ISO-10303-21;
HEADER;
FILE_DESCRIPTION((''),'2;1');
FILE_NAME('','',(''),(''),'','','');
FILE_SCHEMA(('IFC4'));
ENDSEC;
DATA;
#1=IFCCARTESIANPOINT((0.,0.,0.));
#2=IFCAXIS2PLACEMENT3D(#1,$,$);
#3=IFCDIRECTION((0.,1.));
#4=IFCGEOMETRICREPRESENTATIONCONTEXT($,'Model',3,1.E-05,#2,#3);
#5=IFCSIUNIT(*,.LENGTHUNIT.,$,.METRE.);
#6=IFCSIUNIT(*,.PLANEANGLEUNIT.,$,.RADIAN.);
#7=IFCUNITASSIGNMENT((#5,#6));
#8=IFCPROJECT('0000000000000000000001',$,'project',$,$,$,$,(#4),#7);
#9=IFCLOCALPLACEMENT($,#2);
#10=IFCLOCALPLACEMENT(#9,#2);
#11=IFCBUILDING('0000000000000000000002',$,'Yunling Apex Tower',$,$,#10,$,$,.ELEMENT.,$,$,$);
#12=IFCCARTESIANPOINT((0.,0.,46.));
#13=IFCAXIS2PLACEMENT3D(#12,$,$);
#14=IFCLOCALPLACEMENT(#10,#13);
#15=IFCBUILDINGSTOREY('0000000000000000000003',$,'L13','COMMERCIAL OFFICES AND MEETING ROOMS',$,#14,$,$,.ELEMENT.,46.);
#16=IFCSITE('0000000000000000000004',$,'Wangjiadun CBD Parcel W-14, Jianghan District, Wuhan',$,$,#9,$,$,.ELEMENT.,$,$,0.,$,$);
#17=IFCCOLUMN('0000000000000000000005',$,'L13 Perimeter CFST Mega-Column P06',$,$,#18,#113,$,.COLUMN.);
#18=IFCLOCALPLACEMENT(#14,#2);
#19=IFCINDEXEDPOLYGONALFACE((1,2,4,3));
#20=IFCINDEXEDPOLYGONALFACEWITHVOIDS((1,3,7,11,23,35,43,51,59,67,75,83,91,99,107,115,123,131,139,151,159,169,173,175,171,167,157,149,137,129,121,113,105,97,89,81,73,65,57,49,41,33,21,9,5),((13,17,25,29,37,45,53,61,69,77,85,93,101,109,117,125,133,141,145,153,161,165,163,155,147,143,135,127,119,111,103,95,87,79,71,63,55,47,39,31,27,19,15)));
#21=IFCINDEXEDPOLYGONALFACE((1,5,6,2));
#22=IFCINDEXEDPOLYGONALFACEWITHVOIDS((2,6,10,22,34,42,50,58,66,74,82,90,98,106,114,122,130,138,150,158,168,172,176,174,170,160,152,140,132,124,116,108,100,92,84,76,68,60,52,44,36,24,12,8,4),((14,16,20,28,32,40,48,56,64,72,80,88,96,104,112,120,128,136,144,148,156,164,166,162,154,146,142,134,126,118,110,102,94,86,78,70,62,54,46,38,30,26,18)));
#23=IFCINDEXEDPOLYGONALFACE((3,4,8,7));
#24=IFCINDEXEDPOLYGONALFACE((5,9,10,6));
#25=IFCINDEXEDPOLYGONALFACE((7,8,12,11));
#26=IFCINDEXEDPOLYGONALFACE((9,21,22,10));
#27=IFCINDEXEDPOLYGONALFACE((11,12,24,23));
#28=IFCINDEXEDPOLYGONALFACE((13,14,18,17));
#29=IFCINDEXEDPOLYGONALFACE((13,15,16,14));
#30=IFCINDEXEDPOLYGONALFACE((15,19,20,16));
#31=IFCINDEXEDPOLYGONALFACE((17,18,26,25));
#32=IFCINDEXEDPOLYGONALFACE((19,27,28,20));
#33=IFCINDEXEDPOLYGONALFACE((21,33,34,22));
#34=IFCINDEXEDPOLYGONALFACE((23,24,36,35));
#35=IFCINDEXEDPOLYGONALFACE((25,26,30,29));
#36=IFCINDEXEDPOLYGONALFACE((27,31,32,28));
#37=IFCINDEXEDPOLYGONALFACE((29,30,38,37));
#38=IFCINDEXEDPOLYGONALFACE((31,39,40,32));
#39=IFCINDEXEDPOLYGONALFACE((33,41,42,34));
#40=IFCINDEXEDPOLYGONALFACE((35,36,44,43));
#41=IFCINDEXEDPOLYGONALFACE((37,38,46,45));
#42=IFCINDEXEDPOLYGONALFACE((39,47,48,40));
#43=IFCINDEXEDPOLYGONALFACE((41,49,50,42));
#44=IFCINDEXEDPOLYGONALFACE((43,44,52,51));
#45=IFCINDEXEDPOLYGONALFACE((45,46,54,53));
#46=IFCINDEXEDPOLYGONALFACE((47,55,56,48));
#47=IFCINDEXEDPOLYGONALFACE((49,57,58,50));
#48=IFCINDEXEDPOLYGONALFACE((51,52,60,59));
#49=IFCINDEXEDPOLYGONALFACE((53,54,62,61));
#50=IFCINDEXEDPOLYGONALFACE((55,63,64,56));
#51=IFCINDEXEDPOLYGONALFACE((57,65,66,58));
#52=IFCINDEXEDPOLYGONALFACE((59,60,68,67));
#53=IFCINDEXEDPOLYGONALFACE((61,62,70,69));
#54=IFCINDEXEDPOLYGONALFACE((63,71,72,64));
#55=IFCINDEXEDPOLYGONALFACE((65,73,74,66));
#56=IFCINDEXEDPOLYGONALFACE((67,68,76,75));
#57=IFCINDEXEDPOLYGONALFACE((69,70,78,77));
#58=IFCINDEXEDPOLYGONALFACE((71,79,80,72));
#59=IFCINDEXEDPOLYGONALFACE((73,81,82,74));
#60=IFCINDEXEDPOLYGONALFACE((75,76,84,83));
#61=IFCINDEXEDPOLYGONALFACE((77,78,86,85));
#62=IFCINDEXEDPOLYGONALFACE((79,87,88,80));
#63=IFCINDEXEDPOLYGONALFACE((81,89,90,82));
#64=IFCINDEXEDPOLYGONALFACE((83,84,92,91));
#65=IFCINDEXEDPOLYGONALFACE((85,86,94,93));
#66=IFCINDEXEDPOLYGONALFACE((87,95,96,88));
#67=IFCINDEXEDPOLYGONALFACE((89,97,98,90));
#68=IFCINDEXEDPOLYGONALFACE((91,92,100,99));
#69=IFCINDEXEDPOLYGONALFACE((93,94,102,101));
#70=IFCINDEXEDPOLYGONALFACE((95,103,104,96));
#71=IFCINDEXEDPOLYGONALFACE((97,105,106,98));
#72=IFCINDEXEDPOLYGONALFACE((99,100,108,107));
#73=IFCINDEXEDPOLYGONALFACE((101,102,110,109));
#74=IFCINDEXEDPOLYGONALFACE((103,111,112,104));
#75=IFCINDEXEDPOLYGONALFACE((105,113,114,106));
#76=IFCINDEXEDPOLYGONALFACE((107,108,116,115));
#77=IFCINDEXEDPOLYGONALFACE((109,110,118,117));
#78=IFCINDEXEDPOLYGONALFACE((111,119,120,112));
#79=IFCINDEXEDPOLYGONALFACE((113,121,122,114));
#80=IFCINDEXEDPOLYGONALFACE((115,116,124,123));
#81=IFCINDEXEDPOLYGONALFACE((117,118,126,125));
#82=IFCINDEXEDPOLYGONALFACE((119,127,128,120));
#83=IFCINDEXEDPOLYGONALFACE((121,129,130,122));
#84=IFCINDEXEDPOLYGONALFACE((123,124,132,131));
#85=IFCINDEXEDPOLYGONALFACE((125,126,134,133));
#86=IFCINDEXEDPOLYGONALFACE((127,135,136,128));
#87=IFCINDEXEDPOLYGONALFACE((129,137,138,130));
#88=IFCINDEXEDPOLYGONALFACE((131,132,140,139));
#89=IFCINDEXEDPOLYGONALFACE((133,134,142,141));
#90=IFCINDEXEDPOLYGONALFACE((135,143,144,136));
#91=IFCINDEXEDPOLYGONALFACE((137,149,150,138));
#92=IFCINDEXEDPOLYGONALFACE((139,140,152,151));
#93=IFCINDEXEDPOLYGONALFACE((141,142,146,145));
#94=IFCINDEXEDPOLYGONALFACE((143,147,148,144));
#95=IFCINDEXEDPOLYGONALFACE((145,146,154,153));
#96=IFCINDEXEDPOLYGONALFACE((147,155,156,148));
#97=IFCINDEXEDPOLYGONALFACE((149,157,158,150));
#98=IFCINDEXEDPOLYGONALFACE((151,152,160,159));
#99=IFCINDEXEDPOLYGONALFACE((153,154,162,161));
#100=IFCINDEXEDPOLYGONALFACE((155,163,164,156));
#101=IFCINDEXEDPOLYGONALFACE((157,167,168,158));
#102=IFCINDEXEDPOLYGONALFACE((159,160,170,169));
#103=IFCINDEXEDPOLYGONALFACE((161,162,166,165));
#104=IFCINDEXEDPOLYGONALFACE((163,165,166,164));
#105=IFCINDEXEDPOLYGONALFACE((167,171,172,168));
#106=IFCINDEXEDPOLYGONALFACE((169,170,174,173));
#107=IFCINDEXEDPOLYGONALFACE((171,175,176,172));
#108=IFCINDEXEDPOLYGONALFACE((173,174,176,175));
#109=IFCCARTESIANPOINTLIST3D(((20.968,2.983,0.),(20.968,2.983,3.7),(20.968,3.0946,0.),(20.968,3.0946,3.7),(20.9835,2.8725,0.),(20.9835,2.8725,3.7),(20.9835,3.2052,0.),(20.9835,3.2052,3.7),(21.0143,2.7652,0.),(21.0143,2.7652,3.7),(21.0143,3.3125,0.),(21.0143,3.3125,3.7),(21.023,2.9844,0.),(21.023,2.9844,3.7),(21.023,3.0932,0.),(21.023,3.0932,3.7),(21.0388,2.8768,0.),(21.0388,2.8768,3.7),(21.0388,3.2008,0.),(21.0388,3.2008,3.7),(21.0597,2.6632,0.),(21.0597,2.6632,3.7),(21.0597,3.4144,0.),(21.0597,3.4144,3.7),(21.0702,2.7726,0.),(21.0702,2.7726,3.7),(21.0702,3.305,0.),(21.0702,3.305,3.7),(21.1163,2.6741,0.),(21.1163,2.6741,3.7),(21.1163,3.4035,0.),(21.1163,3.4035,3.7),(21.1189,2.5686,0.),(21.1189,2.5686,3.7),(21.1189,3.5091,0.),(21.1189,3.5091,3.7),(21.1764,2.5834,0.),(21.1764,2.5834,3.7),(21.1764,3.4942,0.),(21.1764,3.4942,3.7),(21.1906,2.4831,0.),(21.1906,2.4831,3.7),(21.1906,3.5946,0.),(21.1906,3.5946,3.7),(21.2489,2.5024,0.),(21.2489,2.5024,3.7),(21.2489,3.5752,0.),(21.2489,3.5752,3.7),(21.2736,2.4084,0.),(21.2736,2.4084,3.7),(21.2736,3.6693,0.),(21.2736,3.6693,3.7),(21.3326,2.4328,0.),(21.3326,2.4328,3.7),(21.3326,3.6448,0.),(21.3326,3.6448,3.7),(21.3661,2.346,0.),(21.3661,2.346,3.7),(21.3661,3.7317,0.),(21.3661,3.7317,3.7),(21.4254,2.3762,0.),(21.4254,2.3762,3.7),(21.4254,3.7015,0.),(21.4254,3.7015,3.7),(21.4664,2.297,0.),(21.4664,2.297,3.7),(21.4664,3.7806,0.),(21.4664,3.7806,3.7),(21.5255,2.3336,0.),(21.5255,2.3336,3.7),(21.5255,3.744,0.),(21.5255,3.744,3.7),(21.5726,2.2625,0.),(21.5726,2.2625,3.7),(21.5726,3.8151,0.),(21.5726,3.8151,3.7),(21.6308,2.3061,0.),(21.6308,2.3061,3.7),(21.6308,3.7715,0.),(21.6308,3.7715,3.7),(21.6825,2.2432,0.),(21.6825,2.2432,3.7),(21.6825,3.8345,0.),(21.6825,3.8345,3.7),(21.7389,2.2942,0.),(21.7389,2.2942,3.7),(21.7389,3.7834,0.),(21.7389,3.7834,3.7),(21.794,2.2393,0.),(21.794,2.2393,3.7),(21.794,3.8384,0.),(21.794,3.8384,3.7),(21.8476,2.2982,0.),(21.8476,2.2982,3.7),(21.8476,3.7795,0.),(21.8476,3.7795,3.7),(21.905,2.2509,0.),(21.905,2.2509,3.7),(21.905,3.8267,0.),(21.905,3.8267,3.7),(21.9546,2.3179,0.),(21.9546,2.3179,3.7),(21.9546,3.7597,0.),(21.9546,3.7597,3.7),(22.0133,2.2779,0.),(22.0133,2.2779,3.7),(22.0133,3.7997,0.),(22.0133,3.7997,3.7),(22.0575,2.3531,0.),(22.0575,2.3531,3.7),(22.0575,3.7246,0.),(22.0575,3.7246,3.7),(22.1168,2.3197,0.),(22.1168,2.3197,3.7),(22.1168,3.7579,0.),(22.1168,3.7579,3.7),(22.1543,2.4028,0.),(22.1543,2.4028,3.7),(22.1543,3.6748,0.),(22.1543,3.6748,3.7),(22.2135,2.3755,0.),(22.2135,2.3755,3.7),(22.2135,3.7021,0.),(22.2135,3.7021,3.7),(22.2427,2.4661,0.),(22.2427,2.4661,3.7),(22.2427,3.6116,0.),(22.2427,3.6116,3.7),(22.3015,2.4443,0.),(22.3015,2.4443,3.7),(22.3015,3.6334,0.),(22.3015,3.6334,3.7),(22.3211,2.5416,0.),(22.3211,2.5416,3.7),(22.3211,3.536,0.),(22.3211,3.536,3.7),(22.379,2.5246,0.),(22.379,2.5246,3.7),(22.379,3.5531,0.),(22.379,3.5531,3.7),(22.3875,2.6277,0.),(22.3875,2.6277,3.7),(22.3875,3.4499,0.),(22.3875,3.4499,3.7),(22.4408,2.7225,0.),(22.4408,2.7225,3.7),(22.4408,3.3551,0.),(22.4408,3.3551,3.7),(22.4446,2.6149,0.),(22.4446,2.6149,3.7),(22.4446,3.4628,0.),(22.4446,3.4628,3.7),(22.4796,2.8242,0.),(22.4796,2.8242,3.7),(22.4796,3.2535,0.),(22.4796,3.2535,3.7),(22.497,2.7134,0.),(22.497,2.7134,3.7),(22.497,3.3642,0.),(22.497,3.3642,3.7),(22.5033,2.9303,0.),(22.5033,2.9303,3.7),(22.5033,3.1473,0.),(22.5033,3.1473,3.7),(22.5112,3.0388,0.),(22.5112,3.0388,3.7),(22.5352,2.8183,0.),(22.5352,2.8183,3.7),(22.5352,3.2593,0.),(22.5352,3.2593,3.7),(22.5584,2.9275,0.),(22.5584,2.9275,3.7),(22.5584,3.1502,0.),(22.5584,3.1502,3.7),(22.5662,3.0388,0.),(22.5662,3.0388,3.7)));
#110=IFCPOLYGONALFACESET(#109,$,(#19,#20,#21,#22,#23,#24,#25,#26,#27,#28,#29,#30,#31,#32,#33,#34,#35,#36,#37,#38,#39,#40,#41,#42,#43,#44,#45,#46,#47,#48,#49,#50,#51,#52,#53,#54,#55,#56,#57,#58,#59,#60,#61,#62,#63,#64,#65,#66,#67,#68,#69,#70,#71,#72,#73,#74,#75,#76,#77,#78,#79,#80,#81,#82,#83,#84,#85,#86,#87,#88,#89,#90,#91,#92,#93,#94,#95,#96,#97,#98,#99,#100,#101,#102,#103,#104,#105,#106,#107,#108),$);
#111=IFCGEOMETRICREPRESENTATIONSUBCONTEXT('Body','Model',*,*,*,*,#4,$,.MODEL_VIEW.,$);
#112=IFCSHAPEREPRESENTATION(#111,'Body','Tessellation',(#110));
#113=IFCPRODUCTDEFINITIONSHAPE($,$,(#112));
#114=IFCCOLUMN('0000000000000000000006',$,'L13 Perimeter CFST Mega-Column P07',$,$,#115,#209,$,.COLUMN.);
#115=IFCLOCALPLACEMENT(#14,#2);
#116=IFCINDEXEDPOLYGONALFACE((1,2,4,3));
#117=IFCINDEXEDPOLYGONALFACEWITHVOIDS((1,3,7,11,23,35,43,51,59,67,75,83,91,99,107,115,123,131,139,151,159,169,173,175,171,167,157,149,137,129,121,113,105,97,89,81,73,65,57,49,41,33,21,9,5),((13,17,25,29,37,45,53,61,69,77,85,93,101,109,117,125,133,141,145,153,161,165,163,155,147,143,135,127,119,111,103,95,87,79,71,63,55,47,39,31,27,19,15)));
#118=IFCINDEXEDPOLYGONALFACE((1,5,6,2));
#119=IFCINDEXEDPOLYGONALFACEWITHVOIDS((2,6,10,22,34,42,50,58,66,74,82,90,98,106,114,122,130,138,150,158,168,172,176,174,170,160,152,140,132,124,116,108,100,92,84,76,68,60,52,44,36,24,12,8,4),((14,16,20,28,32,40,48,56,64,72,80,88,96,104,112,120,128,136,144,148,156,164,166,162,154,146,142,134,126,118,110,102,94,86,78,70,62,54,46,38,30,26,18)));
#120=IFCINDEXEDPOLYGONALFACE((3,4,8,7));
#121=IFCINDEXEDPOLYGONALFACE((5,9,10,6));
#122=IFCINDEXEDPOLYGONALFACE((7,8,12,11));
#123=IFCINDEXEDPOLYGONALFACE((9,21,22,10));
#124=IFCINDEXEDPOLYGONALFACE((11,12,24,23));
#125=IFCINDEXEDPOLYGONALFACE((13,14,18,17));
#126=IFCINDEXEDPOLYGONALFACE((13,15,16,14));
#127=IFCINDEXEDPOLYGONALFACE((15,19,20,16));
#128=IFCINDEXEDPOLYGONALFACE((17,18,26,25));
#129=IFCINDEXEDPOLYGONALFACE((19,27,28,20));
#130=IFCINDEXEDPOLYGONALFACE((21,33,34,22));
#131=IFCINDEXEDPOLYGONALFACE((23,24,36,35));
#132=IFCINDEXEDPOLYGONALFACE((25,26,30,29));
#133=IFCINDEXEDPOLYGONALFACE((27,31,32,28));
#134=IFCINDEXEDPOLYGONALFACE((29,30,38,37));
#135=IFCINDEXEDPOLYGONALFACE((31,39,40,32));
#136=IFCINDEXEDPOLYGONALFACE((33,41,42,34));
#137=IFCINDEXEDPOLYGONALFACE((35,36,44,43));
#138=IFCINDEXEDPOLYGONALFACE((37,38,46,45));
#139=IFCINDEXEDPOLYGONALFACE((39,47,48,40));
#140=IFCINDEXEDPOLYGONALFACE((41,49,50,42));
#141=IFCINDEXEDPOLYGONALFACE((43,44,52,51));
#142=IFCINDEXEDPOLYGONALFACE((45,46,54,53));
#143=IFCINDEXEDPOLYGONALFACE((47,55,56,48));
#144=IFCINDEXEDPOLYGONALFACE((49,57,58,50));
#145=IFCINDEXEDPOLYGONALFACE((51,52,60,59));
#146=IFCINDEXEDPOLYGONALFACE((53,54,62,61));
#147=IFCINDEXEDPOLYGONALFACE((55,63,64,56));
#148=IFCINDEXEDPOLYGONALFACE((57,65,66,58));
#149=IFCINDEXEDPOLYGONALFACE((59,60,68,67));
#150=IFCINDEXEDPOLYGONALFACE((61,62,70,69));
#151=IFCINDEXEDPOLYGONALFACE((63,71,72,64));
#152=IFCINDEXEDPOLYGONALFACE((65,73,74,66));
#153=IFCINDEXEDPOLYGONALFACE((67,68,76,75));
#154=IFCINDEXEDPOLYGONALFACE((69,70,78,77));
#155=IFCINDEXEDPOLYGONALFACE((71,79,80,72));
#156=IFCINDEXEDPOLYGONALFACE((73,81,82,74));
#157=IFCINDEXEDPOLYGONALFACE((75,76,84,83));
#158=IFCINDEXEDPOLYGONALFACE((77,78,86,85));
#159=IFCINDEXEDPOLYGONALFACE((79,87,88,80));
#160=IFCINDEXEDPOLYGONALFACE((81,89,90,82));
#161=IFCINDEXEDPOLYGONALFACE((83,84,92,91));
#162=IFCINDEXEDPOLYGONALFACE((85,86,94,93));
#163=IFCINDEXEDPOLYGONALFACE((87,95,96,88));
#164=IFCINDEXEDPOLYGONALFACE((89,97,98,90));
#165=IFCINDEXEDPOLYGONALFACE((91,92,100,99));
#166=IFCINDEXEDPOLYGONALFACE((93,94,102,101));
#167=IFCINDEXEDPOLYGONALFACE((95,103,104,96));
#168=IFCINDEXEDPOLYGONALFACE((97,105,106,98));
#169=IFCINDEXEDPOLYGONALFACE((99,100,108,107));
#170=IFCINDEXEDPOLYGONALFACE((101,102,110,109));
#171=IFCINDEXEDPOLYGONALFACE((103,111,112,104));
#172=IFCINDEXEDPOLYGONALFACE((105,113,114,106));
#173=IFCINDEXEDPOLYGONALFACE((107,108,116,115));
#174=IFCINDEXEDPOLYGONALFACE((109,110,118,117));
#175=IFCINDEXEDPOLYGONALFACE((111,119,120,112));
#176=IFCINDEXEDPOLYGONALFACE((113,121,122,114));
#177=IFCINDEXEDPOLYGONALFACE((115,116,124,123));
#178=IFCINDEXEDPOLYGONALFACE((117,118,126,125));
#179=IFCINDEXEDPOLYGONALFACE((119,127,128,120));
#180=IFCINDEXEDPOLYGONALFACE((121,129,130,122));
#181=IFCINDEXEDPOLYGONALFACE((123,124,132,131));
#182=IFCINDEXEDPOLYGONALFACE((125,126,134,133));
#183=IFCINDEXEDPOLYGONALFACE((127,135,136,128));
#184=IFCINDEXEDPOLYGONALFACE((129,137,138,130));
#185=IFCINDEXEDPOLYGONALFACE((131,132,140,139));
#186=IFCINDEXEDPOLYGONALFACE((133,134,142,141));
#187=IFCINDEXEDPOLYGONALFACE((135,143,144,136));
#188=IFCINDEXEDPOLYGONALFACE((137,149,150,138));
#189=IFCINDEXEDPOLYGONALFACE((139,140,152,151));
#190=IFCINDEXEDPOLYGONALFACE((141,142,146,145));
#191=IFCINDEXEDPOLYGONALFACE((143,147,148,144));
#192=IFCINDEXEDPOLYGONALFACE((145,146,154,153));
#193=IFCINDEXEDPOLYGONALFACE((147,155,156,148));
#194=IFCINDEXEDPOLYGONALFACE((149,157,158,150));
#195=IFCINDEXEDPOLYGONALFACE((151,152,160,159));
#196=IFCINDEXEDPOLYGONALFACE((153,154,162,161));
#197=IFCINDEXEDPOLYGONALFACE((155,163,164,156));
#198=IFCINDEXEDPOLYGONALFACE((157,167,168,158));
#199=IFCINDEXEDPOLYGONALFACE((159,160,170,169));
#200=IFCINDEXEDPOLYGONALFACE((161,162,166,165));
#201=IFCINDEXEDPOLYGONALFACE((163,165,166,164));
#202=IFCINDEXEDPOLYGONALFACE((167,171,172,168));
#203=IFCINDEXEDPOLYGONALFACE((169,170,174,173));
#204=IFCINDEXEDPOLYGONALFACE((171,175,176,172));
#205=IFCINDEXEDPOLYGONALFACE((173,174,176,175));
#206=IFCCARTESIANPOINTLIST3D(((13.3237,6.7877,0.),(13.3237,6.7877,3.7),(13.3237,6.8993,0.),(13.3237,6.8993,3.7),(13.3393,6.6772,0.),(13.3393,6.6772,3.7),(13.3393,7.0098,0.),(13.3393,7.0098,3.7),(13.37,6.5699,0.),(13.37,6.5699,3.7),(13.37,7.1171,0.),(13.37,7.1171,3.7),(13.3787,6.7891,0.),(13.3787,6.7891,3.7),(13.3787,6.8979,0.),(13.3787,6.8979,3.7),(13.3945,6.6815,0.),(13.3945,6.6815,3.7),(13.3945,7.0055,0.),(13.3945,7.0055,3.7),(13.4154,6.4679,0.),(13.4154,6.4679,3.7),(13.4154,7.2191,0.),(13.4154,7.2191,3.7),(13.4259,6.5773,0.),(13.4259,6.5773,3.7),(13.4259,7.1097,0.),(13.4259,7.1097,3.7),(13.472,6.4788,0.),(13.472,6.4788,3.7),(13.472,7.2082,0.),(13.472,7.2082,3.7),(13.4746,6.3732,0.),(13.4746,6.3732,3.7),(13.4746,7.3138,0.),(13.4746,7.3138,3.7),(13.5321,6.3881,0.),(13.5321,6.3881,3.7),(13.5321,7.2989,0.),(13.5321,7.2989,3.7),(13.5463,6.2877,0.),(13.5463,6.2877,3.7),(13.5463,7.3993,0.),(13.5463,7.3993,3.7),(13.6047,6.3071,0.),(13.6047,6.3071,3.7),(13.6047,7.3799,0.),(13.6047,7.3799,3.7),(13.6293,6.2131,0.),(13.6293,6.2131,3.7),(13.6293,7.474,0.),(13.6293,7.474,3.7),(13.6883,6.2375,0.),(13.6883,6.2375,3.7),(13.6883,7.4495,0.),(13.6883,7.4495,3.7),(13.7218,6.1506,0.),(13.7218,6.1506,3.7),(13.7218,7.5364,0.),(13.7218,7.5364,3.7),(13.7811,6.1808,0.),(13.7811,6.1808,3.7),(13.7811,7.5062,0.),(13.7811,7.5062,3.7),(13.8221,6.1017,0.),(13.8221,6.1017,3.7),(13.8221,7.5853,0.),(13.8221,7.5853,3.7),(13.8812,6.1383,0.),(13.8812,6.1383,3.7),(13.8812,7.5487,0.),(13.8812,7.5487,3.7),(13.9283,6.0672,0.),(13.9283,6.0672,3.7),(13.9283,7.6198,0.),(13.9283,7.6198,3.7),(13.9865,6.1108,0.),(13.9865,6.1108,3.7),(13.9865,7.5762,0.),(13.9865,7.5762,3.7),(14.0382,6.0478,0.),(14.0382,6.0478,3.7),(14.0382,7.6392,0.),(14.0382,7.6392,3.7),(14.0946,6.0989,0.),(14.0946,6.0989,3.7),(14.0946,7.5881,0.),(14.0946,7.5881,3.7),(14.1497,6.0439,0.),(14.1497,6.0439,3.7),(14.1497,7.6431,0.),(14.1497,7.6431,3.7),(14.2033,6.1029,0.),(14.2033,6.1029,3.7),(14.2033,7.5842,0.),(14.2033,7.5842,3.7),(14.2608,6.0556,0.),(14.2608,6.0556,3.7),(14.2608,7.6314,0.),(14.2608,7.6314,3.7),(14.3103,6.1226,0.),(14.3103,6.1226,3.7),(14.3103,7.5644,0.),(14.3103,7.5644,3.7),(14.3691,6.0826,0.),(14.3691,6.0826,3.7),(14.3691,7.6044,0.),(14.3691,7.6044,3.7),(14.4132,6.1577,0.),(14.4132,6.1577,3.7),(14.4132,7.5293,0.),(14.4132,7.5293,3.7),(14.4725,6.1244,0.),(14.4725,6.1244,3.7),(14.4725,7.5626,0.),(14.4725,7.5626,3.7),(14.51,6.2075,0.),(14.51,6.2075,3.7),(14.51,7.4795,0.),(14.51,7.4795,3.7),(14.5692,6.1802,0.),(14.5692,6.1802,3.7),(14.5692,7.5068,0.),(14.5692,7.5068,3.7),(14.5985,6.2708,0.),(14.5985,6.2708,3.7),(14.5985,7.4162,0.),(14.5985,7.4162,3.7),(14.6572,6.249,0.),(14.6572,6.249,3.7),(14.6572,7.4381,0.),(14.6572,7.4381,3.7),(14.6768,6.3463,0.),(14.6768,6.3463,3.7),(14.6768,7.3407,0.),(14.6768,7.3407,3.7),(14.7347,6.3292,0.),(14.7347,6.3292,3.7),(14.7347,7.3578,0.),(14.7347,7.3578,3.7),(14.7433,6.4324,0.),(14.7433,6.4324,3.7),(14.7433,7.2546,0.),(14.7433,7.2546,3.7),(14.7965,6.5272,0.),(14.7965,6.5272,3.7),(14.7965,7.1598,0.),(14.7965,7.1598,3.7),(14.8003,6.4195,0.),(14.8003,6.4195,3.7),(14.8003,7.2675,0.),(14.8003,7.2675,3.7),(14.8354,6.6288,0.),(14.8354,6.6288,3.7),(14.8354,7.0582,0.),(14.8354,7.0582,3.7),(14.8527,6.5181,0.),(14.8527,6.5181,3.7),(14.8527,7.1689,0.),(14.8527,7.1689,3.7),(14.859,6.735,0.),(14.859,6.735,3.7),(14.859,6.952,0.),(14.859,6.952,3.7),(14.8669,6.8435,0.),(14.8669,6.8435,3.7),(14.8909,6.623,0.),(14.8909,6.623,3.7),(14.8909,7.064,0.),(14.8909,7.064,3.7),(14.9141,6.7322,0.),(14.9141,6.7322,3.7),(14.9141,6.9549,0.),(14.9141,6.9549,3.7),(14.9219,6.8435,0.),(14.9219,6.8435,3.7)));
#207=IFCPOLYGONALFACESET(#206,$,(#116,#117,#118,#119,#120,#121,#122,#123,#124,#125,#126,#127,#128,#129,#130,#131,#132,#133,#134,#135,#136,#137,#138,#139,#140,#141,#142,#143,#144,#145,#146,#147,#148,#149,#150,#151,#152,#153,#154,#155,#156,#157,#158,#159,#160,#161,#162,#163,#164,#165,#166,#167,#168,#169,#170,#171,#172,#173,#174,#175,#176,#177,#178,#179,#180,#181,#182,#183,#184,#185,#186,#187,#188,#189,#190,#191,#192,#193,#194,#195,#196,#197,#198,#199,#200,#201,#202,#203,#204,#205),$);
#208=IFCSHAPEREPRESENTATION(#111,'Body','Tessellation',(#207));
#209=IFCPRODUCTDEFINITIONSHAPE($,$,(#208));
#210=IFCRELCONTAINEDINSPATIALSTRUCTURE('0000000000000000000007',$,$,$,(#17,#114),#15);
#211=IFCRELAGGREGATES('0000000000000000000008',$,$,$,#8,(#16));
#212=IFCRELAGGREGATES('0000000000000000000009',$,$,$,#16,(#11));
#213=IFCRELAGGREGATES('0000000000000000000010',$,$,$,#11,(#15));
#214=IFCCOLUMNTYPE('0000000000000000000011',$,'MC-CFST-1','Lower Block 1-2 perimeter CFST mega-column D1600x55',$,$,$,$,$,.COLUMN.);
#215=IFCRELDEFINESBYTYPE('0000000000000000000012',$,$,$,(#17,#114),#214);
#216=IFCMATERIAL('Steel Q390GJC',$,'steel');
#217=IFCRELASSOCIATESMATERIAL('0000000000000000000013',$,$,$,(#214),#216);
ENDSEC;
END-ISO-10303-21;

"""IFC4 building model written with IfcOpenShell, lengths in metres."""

from ifc_helpers import new_model, si_unit, direction, frame, origin, origin_2d, place, context, subcontext, project, spatial, hollow_circle, extrude, source, transform, mapped, material, material_profile, profile_set, type_object, element, save


model = new_model("IFC4")

# Units and contexts
model_context = context("Model", 3, precision=1e-05, world=origin(), true_north=direction((0.0, 1.0)))
body_context = subcontext(model_context, "Body", "Model", "MODEL_VIEW")
ifc_project = project(units=[si_unit("LENGTHUNIT", "METRE"), si_unit("PLANEANGLEUNIT", "RADIAN")], contexts=[model_context])

# Site, building, storey
site_placement = place(None, origin())
site = spatial("IfcSite", under=ifc_project, at=site_placement, Name="Wangjiadun CBD Parcel W-14, Jianghan District, Wuhan", CompositionType="ELEMENT", RefElevation=0.0)
building_placement = place(site_placement, origin())
building = spatial("IfcBuilding", under=site, at=building_placement, Name="Yunling Apex Tower", CompositionType="ELEMENT")
storey_placement = place(building_placement, frame((0.0, 0.0, 46.0)))
storey = spatial("IfcBuildingStorey", under=building, at=storey_placement, Name="L13", Description="COMMERCIAL OFFICES AND MEETING ROOMS", CompositionType="ELEMENT", Elevation=46.0)

# Columns
ifc_material_1 = material(Name="Steel Q390GJC", Category="steel")
ifc_material_profile_1 = material_profile(ifc_material_1, hollow_circle(Radius=0.8, WallThickness=0.0549, at=origin_2d()))
ifc_profile_set_1 = profile_set([ifc_material_profile_1], Name="Steel Q390GJC")
column_type = type_object("IfcColumnType", Name="MC-CFST-1", Description="Lower Block 1-2 perimeter CFST mega-column D1600x55", PredefinedType="COLUMN", material=ifc_profile_set_1)
shared_shape_1 = source(origin(), body_context, "Body", "SweptSolid", [
    extrude(hollow_circle(Radius=0.8, WallThickness=0.0549, at=origin_2d()), origin(), (0.0, 0.0, 1.0), 3.7),
])
for number, where, z_axis, x_axis, name in (
    (1, (21.7661, 3.0388, 0.0), (0.0, 0.0, 1.0), (1.0, 0.0, 0.0), "L13 Perimeter CFST Mega-Column P06"),
    (2, (14.1218, 6.8435, 0.0), (0.0, 0.0, 1.0), (1.0, 0.0, 0.0), "L13 Perimeter CFST Mega-Column P07"),
):
    element("IfcColumn", number, at=place(storey_placement, frame(where, z_axis=z_axis, x_axis=x_axis)), inside=storey, type_object=column_type, Name=name, PredefinedType="COLUMN", context=body_context, shape_type="MappedRepresentation", body=[
        mapped(shared_shape_1, transform((0.0, 0.0, 0.0), scale=1.0)),
    ])

save(model, "model.ifc")
